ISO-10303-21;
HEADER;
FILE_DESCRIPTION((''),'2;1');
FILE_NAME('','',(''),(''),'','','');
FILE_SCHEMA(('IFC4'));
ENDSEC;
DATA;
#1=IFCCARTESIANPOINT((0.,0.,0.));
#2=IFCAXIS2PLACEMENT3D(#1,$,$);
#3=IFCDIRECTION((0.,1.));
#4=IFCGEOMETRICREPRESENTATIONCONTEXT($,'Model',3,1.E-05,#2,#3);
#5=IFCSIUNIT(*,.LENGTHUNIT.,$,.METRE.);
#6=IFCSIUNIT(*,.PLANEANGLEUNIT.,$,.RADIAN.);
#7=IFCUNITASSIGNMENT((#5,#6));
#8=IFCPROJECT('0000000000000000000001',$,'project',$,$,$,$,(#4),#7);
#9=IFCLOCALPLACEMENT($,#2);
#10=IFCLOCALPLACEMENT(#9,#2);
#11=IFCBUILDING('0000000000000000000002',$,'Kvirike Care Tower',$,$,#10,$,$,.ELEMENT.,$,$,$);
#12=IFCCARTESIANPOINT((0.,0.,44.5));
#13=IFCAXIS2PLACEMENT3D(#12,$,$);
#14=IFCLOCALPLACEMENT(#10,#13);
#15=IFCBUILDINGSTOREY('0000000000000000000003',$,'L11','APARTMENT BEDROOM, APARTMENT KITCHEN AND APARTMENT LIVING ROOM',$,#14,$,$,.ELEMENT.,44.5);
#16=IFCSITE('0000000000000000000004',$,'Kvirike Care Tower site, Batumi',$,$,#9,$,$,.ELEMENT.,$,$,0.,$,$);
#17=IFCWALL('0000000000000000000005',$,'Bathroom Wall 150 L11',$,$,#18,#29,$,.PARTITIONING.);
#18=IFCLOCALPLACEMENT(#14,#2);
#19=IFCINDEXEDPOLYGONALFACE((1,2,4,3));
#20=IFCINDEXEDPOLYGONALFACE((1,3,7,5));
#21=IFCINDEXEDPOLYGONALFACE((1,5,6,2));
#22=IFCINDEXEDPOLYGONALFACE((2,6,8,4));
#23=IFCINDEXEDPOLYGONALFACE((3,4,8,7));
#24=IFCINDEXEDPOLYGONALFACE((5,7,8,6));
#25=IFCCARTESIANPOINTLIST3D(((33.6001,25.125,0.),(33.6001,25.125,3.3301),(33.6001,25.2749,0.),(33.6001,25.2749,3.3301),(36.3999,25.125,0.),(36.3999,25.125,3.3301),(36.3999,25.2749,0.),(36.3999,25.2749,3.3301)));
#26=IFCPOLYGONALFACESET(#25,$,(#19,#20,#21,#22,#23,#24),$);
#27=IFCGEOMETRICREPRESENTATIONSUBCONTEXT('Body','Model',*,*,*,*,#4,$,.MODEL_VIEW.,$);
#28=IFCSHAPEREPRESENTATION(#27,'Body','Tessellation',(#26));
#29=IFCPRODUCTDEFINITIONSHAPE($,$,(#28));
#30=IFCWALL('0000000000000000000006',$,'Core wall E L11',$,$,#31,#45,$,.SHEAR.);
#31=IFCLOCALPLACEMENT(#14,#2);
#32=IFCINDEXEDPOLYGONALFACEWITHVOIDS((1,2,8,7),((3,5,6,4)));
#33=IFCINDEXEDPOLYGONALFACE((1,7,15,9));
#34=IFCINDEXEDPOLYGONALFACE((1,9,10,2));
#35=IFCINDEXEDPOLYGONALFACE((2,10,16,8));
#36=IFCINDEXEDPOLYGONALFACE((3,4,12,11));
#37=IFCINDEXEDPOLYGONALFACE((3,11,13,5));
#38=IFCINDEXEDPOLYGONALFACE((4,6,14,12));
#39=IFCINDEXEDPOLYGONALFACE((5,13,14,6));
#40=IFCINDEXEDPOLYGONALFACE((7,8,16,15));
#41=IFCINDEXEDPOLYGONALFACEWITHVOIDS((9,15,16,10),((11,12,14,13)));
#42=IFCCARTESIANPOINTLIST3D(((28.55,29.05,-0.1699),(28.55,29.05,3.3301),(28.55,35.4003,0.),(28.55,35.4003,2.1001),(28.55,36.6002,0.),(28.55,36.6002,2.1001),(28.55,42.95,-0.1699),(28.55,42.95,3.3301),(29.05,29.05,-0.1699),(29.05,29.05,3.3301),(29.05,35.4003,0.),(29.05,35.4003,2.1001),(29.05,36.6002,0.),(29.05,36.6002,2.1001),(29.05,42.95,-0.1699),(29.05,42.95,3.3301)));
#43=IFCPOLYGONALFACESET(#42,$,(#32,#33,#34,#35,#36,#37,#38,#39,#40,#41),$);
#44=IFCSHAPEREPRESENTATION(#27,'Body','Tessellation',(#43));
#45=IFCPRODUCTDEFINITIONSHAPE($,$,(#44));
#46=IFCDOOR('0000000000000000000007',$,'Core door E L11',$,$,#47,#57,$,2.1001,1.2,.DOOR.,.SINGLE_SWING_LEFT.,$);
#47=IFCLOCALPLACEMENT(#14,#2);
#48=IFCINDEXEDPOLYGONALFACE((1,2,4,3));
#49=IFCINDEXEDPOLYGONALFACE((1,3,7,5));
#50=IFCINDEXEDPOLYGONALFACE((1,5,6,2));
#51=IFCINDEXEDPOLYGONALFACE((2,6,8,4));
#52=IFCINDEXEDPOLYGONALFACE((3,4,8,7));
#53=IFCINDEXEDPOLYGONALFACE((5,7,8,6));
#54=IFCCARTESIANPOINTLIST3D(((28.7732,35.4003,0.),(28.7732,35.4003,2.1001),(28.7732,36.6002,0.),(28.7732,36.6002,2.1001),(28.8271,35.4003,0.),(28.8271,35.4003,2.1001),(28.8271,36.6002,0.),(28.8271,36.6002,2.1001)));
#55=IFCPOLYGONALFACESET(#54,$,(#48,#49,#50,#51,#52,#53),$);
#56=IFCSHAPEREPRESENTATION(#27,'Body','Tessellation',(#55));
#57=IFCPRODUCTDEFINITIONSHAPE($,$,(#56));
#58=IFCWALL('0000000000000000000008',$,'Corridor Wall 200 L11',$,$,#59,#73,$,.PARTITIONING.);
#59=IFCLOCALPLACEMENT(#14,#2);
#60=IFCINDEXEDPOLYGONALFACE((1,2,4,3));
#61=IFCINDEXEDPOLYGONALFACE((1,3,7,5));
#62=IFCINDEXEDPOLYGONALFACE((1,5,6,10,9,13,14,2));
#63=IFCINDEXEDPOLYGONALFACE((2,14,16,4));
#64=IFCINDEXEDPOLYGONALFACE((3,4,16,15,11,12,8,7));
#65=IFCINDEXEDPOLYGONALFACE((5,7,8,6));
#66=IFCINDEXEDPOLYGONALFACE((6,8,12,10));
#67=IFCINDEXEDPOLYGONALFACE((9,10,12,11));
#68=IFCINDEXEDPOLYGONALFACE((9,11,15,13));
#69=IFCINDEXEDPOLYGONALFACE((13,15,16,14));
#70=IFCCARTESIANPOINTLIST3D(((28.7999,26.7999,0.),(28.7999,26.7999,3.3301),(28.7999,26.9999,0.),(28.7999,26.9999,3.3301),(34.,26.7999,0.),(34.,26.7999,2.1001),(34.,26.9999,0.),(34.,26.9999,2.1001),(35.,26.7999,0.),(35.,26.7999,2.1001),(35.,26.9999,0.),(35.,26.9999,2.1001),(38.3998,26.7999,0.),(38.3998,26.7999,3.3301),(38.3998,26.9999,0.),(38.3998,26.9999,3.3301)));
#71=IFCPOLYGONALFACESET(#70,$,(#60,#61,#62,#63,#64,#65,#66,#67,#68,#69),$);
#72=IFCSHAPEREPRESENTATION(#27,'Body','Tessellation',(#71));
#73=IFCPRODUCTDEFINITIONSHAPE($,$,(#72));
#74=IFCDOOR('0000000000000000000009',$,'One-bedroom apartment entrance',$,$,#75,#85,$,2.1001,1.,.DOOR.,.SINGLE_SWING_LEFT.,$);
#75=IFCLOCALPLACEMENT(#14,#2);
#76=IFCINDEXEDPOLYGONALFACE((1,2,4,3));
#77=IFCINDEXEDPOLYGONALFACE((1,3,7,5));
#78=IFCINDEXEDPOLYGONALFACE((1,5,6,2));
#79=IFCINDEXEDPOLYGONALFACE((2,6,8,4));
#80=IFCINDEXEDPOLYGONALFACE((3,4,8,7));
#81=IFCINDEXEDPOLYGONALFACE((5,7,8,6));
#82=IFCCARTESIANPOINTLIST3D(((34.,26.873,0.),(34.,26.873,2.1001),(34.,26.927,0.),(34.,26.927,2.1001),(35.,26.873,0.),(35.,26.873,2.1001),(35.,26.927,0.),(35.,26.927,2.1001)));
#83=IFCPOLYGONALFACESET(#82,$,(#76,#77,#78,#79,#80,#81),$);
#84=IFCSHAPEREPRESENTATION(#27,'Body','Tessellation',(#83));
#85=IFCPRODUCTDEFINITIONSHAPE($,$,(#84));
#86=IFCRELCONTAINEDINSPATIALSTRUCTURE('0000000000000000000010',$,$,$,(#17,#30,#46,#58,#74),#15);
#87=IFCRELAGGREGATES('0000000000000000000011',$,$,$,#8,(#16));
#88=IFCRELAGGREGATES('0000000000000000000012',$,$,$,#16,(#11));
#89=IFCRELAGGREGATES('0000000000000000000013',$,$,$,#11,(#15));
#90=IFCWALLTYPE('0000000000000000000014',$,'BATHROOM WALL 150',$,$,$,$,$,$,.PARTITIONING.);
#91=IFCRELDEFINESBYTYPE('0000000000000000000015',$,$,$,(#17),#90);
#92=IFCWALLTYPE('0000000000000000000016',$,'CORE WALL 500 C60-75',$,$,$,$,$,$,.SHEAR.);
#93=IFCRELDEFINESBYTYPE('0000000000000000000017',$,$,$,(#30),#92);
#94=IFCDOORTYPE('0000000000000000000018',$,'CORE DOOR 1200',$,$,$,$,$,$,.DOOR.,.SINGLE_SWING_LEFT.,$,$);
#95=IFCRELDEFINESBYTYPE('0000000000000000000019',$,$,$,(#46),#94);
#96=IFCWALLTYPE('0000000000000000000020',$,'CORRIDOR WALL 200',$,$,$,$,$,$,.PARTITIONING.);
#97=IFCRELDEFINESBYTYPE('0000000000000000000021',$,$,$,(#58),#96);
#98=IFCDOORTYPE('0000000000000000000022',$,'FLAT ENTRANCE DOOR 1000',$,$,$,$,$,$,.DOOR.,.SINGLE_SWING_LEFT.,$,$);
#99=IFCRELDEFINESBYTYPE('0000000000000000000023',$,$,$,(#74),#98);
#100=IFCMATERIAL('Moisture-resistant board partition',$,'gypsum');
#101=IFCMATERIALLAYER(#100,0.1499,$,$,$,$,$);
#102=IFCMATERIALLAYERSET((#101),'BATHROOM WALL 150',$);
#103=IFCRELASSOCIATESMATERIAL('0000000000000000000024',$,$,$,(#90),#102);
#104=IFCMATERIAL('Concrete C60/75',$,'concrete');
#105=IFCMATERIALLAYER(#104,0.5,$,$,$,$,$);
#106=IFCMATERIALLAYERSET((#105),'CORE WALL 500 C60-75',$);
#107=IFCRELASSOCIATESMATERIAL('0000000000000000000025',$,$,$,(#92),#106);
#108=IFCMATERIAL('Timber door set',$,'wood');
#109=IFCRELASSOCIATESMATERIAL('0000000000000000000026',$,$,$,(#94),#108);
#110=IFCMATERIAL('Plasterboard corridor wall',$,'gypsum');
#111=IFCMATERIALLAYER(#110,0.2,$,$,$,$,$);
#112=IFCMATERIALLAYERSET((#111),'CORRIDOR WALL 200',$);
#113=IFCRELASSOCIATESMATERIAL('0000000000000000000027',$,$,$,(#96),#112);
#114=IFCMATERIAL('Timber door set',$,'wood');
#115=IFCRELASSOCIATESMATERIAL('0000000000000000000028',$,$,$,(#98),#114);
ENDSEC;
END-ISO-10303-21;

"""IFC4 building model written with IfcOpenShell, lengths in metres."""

from ifc_helpers import new_model, si_unit, direction, frame, frame_2d, origin, place, context, subcontext, project, spatial, rectangle, extrude, material, layer, layer_set, type_object, element, fill, save


model = new_model("IFC4")

# Units and contexts
model_context = context("Model", 3, precision=1e-05, world=origin(), true_north=direction((0.0, 1.0)))
body_context = subcontext(model_context, "Body", "Model", "MODEL_VIEW")
ifc_project = project(units=[si_unit("LENGTHUNIT", "METRE"), si_unit("PLANEANGLEUNIT", "RADIAN")], contexts=[model_context])

# Site, building, storey
site_placement = place(None, origin())
site = spatial("IfcSite", under=ifc_project, at=site_placement, Name="Kvirike Care Tower site, Batumi", CompositionType="ELEMENT", RefElevation=0.0)
building_placement = place(site_placement, origin())
building = spatial("IfcBuilding", under=site, at=building_placement, Name="Kvirike Care Tower", CompositionType="ELEMENT")
storey_placement = place(building_placement, frame((0.0, 0.0, 44.5)))
storey = spatial("IfcBuildingStorey", under=building, at=storey_placement, Name="L11", Description="APARTMENT BEDROOM, APARTMENT KITCHEN AND APARTMENT LIVING ROOM", CompositionType="ELEMENT", Elevation=44.5)

# Wall
ifc_material_1 = material(Name="Moisture-resistant board partition", Category="gypsum")
ifc_layer_1 = layer(ifc_material_1, 0.1499)
ifc_layer_set_1 = layer_set([ifc_layer_1], Name="BATHROOM WALL 150")
wall_type_1 = type_object("IfcWallType", Name="BATHROOM WALL 150", PredefinedType="PARTITIONING", material=ifc_layer_set_1)
wall_1_placement = place(storey_placement, frame((33.6001, 25.2, 0.0), z_axis=(0.0, 0.0, 1.0), x_axis=(1.0, 0.0, 0.0)))
element("IfcWall", 1, at=wall_1_placement, inside=storey, type_object=wall_type_1, Name="Bathroom Wall 150 L11", PredefinedType="PARTITIONING", context=body_context, shape_type="SweptSolid", body=[
    extrude(rectangle(XDim=2.7998, YDim=0.1499, at=frame_2d((1.3999, 0.0))), origin(), (0.0, 0.0, 1.0), 3.3301),
])

# Walls, openings, doors
ifc_material_2 = material(Name="Concrete C60/75", Category="concrete")
ifc_layer_2 = layer(ifc_material_2, 0.5)
ifc_layer_set_2 = layer_set([ifc_layer_2], Name="CORE WALL 500 C60-75")
wall_type_2 = type_object("IfcWallType", Name="CORE WALL 500 C60-75", PredefinedType="SHEAR", material=ifc_layer_set_2)
wall_2_placement = place(storey_placement, frame((28.8, 29.05, -0.1699), z_axis=(0.0, 0.0, 1.0), x_axis=(0.0, 1.0, 0.0)))
wall_2 = element("IfcWall", 2, at=wall_2_placement, inside=storey, type_object=wall_type_2, Name="Core wall E L11", PredefinedType="SHEAR", context=body_context, shape_type="SweptSolid", body=[
    extrude(rectangle(XDim=13.8999, YDim=0.5, at=frame_2d((6.95, 0.0))), origin(), (0.0, 0.0, 1.0), 3.5),
])
opening_1_placement = place(wall_2_placement, frame((6.3501, 0.0, 0.1699)))
opening_1 = element("IfcOpeningElement", 3, at=opening_1_placement, cuts=wall_2, PredefinedType="OPENING", context=body_context, shape_type="SweptSolid", body=[
    extrude(rectangle(XDim=1.2, YDim=2.1001, at=frame_2d((0.6001, 1.05))), frame((0.0, 0.2605, 0.0), z_axis=(0.0, -1.0, 0.0), x_axis=(1.0, 0.0, 0.0)), (0.0, 0.0, 1.0), 0.521),
])
ifc_material_3 = material(Name="Timber door set", Category="wood")
door_type_1 = type_object("IfcDoorType", Name="CORE DOOR 1200", OperationType="SINGLE_SWING_LEFT", PredefinedType="DOOR", material=ifc_material_3)
door_1_placement = place(opening_1_placement, origin())
door_1 = element("IfcDoor", 4, at=door_1_placement, inside=storey, type_object=door_type_1, Name="Core door E L11", OperationType="SINGLE_SWING_LEFT", OverallHeight=2.1001, OverallWidth=1.2, PredefinedType="DOOR", context=body_context, shape_type="SweptSolid", body=[
    extrude(rectangle(XDim=1.2, YDim=2.1001, at=frame_2d((0.6001, 1.05))), frame((0.0, 0.0269, 0.0), z_axis=(0.0, -1.0, 0.0), x_axis=(1.0, 0.0, 0.0)), (0.0, 0.0, 1.0), 0.054),
])
fill(opening_1, door_1)
ifc_material_4 = material(Name="Plasterboard corridor wall", Category="gypsum")
ifc_layer_3 = layer(ifc_material_4, 0.2)
ifc_layer_set_3 = layer_set([ifc_layer_3], Name="CORRIDOR WALL 200")
wall_type_3 = type_object("IfcWallType", Name="CORRIDOR WALL 200", PredefinedType="PARTITIONING", material=ifc_layer_set_3)
wall_3_placement = place(storey_placement, frame((28.8, 26.8999, 0.0), z_axis=(0.0, 0.0, 1.0), x_axis=(1.0, 0.0, 0.0)))
wall_3 = element("IfcWall", 5, at=wall_3_placement, inside=storey, type_object=wall_type_3, Name="Corridor Wall 200 L11", PredefinedType="PARTITIONING", context=body_context, shape_type="SweptSolid", body=[
    extrude(rectangle(XDim=9.5999, YDim=0.2, at=frame_2d((4.7998, 0.0))), origin(), (0.0, 0.0, 1.0), 3.3301),
])
opening_2_placement = place(wall_3_placement, frame((5.2, 0.0, 0.0)))
opening_2 = element("IfcOpeningElement", 6, at=opening_2_placement, cuts=wall_3, PredefinedType="OPENING", context=body_context, shape_type="SweptSolid", body=[
    extrude(rectangle(XDim=1.0, YDim=2.1001, at=frame_2d((0.5, 1.05))), frame((0.0, 0.1106, 0.0), z_axis=(0.0, -1.0, 0.0), x_axis=(1.0, 0.0, 0.0)), (0.0, 0.0, 1.0), 0.2209),
])
ifc_material_5 = material(Name="Timber door set", Category="wood")
door_type_2 = type_object("IfcDoorType", Name="FLAT ENTRANCE DOOR 1000", OperationType="SINGLE_SWING_LEFT", PredefinedType="DOOR", material=ifc_material_5)
door_2_placement = place(opening_2_placement, frame((1.0, 0.0, 0.0), z_axis=(0.0, 0.0, 1.0), x_axis=(-1.0, 0.0, 0.0)))
door_2 = element("IfcDoor", 7, at=door_2_placement, inside=storey, type_object=door_type_2, Name="One-bedroom apartment entrance", OperationType="SINGLE_SWING_LEFT", OverallHeight=2.1001, OverallWidth=1.0, PredefinedType="DOOR", context=body_context, shape_type="SweptSolid", body=[
    extrude(rectangle(XDim=1.0, YDim=2.1001, at=frame_2d((0.5, 1.05))), frame((0.0, 0.0269, 0.0), z_axis=(0.0, -1.0, 0.0), x_axis=(1.0, 0.0, 0.0)), (0.0, 0.0, 1.0), 0.054),
])
fill(opening_2, door_2)

save(model, "model.ifc")
